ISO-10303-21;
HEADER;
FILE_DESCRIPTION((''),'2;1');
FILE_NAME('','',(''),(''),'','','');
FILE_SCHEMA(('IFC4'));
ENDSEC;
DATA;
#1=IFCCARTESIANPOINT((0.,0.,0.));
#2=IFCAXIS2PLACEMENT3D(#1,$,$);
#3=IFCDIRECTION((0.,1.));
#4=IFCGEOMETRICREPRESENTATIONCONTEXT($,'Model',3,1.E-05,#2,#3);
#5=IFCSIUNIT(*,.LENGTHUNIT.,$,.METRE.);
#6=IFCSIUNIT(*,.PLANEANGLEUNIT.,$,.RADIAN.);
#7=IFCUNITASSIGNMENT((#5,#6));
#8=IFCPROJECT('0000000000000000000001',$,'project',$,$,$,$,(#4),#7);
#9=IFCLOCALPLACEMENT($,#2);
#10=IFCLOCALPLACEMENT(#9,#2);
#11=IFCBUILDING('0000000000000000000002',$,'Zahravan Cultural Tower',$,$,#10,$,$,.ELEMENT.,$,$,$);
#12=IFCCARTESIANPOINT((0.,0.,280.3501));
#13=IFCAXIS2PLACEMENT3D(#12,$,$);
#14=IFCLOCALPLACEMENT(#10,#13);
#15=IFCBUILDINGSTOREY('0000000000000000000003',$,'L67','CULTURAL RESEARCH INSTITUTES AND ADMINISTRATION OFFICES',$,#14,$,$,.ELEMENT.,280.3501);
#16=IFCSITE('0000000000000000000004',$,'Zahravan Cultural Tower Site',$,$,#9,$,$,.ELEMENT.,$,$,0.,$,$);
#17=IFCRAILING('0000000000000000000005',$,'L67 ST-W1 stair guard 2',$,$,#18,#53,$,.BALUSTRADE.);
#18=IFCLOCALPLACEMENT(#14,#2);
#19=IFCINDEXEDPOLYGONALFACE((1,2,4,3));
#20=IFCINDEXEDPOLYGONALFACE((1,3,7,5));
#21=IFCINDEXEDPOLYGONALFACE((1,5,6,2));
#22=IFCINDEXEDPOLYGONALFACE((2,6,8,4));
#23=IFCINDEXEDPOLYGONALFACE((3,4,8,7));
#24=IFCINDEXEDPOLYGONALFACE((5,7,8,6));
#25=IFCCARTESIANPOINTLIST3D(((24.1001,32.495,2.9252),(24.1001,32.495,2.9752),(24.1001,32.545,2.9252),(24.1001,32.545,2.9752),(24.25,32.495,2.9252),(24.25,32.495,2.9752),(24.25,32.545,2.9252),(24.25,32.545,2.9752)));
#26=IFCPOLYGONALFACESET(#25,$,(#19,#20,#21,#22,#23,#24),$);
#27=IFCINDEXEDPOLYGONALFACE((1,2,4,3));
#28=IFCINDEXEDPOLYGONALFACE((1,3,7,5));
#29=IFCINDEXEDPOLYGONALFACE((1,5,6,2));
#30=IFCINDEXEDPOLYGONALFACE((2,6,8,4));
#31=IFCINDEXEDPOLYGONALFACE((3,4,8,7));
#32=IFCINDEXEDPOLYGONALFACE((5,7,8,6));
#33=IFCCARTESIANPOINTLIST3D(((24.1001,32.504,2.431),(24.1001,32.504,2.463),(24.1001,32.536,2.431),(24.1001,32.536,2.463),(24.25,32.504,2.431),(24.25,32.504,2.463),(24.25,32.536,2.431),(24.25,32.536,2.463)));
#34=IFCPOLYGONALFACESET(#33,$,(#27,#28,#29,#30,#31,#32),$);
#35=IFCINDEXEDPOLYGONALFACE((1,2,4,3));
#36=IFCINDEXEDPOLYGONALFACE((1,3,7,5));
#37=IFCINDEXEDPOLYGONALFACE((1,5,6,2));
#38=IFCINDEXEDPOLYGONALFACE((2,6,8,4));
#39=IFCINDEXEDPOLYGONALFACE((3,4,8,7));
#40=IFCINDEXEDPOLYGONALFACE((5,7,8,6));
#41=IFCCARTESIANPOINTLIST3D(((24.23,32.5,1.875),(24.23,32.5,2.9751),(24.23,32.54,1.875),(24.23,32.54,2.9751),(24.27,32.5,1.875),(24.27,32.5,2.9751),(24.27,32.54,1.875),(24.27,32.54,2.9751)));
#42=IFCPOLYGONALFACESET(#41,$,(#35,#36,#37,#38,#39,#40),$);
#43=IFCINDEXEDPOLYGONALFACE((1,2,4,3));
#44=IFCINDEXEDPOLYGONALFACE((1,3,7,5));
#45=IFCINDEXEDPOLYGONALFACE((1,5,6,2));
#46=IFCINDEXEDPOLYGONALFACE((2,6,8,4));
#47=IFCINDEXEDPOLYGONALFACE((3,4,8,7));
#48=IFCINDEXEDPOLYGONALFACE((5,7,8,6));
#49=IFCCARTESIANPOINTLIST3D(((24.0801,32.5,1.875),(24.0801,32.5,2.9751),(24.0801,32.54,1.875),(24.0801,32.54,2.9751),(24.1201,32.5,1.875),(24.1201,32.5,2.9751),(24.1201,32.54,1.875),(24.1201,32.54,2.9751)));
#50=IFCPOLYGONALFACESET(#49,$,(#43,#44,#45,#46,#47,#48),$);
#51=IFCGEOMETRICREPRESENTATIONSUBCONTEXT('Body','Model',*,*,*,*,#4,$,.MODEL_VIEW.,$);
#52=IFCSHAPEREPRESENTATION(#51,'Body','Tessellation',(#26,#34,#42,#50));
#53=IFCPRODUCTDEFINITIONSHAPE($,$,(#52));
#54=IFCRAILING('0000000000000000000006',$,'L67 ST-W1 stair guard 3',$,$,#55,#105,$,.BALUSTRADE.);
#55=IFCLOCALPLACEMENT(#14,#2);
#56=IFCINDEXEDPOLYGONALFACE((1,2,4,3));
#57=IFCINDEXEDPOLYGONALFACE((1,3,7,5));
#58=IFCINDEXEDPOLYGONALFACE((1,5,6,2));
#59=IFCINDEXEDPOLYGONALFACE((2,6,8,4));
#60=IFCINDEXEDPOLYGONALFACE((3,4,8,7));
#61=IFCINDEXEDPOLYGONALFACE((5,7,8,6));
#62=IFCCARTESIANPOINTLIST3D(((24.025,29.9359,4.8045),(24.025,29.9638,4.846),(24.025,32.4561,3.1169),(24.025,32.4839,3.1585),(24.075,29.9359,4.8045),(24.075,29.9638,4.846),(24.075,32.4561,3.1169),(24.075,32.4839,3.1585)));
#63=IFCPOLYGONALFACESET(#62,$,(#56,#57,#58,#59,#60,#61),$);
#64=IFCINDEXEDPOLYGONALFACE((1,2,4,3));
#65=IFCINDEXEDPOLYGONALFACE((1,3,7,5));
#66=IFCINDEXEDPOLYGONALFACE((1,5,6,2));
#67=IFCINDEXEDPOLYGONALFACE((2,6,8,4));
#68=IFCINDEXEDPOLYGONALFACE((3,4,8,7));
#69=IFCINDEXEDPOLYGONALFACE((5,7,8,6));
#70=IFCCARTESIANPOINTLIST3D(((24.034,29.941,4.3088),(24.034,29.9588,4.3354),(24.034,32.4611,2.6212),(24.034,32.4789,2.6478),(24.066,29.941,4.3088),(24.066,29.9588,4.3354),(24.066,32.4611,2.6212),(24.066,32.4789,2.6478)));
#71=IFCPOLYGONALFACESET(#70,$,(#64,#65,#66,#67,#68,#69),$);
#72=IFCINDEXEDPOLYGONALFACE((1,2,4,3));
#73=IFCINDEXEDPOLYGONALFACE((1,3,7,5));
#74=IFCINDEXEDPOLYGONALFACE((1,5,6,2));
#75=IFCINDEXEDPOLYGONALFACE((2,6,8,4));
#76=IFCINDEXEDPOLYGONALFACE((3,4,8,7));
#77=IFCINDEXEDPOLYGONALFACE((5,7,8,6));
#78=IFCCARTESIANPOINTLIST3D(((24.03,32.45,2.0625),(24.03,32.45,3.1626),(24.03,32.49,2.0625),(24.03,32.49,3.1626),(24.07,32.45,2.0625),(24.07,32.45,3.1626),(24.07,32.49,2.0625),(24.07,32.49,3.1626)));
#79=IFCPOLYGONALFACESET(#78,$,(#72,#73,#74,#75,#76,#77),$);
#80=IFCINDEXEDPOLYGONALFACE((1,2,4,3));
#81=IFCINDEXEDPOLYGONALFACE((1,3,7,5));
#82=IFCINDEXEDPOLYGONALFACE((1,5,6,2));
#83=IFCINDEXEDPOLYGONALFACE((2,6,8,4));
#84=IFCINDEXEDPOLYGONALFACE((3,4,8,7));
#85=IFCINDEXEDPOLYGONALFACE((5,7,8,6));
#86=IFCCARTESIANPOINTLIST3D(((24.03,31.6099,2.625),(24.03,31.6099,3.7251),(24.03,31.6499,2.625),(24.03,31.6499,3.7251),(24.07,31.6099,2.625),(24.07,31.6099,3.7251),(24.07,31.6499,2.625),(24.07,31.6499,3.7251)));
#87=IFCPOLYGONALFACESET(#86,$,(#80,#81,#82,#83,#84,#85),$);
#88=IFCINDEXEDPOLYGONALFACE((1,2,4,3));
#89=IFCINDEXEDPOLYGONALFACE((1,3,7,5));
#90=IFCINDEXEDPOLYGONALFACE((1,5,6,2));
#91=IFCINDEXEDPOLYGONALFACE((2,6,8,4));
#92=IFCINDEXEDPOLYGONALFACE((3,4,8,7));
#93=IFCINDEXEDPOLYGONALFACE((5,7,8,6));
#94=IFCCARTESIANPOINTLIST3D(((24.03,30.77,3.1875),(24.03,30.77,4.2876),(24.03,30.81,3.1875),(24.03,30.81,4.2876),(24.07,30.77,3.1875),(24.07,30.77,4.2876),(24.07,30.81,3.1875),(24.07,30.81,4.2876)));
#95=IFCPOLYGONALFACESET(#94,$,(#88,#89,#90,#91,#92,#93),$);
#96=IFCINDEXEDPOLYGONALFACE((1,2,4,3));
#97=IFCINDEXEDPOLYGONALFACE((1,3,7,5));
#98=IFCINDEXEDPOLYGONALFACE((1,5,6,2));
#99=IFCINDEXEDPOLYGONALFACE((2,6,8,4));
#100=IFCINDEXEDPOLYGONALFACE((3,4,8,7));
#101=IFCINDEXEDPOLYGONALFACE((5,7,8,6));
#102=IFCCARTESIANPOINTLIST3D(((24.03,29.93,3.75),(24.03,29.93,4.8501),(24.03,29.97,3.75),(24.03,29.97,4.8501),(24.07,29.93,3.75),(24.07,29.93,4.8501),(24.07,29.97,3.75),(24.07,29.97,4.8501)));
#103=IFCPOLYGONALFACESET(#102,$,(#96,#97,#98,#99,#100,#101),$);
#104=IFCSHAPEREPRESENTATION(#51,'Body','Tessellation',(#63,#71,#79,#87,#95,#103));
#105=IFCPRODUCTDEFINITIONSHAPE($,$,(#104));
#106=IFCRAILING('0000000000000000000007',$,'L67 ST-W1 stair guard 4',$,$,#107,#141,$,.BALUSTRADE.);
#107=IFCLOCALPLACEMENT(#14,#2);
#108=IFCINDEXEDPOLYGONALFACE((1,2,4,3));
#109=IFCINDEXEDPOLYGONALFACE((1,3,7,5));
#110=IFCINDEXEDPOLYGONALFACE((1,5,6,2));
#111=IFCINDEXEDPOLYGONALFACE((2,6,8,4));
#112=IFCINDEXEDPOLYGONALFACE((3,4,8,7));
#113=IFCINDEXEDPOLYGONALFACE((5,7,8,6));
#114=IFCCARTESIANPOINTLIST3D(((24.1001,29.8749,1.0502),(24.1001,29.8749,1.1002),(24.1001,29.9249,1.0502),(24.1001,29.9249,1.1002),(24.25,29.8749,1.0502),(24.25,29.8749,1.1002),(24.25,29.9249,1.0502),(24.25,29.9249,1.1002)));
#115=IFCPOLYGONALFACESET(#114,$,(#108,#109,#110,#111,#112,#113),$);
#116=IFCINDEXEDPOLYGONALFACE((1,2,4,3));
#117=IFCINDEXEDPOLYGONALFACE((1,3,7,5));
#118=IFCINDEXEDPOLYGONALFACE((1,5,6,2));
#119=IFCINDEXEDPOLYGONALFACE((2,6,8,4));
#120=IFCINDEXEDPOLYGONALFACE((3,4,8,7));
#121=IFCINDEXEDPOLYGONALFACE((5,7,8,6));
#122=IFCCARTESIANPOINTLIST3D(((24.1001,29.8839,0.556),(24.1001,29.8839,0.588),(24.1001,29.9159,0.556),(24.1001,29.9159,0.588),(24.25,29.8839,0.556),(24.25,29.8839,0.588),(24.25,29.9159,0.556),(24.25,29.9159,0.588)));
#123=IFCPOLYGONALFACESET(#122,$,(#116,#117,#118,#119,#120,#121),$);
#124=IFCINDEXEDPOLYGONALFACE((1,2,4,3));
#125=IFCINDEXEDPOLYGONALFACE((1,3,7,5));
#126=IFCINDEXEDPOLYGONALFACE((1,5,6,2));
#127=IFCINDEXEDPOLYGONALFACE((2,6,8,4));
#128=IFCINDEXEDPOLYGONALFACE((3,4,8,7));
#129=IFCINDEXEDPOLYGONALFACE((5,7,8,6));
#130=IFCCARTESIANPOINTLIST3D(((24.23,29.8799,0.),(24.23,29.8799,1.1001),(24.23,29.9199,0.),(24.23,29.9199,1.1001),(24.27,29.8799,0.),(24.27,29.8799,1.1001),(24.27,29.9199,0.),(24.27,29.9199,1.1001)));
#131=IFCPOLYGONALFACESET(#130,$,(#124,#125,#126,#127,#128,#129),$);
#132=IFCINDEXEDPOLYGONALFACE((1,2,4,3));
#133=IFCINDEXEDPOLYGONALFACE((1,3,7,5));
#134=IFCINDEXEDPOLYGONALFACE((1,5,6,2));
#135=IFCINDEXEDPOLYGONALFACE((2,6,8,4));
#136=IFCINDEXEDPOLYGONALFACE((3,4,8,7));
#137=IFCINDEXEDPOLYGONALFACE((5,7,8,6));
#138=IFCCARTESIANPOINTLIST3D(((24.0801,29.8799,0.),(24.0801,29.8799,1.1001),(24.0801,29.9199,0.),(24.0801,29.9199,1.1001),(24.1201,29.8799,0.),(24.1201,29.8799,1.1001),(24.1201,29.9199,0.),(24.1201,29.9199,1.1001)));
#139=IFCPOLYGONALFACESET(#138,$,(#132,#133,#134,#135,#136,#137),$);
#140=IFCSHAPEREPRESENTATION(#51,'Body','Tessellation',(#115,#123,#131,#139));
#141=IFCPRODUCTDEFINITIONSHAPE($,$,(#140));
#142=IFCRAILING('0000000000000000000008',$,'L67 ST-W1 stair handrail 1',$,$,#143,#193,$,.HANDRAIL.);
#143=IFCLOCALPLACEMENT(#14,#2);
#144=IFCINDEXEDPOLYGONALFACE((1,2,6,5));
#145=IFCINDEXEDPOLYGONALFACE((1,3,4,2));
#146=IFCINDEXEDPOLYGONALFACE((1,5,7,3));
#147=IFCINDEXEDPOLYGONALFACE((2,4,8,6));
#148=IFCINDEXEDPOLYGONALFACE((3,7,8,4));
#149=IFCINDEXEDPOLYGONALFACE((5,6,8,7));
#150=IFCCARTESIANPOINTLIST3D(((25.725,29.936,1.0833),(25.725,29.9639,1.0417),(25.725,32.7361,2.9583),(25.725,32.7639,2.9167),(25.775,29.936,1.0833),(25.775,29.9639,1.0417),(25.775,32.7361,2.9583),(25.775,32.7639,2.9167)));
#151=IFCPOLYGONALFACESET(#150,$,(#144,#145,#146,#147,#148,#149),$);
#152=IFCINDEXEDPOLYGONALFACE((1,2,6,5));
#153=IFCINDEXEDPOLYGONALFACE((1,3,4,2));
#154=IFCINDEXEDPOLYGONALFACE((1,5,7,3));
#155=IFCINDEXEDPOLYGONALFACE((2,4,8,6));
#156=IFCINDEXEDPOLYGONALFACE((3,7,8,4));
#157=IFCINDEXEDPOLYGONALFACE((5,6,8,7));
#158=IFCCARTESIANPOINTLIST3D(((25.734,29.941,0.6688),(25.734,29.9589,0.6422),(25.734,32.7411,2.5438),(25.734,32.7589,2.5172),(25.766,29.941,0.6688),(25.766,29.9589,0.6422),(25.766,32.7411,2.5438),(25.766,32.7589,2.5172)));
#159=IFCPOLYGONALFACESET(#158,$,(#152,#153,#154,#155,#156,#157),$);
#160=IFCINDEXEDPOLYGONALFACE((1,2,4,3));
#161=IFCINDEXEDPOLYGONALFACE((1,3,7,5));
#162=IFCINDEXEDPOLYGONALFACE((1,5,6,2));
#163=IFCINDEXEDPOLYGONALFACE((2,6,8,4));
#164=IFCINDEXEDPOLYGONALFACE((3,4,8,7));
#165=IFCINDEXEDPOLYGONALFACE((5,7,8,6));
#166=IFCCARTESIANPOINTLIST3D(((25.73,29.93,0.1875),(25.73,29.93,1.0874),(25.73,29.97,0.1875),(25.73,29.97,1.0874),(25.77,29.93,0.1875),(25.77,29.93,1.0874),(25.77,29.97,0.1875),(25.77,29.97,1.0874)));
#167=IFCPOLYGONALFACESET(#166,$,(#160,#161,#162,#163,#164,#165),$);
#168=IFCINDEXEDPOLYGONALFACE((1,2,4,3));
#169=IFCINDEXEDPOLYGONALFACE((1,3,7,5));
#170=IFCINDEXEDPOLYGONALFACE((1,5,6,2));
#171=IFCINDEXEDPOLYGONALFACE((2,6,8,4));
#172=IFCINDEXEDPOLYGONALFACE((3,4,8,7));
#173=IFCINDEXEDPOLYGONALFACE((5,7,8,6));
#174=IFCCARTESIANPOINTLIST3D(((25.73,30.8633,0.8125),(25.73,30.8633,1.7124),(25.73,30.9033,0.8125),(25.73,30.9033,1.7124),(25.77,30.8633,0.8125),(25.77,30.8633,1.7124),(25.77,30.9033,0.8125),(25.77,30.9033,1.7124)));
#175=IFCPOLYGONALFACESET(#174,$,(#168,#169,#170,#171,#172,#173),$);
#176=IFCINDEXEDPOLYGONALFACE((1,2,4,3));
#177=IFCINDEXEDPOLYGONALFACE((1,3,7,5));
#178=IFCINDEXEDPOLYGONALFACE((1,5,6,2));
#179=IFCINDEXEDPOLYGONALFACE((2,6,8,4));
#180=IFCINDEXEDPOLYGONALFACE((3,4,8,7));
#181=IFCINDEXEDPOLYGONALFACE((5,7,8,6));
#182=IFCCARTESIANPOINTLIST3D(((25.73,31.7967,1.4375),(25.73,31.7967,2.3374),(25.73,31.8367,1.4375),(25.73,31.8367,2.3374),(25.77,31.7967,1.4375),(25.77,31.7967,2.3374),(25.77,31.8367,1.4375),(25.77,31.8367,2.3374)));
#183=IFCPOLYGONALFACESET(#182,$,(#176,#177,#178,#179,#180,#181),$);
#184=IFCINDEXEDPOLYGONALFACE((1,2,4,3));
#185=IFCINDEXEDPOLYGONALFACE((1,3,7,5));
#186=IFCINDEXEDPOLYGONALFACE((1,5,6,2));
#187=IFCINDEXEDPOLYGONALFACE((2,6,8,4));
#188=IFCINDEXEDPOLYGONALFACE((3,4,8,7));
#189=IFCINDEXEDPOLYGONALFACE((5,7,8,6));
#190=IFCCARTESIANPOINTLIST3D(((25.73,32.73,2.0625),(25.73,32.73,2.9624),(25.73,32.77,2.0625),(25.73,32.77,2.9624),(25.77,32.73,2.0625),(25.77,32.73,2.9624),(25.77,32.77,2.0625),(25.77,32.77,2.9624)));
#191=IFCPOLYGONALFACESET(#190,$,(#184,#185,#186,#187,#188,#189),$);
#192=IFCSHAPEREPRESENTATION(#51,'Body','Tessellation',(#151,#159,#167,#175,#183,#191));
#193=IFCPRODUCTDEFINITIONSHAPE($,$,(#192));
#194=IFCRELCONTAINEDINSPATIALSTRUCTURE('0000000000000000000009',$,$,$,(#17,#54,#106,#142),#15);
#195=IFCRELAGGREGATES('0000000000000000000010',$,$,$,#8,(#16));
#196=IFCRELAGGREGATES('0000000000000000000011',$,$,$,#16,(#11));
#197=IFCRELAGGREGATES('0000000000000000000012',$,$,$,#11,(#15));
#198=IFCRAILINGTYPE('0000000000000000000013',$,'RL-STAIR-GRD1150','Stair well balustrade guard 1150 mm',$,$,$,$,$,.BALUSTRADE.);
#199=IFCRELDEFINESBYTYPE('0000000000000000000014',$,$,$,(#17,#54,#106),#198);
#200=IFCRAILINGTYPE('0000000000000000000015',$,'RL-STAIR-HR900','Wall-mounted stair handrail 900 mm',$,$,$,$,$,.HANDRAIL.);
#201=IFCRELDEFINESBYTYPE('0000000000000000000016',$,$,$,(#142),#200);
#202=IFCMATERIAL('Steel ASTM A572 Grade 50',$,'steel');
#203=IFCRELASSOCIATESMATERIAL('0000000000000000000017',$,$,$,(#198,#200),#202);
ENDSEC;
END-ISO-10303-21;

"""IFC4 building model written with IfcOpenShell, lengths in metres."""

from ifc_helpers import new_model, si_unit, direction, frame, origin, origin_2d, place, context, subcontext, project, spatial, rectangle, extrude, material, type_object, element, save


model = new_model("IFC4")

# Units and contexts
model_context = context("Model", 3, precision=1e-05, world=origin(), true_north=direction((0.0, 1.0)))
body_context = subcontext(model_context, "Body", "Model", "MODEL_VIEW")
ifc_project = project(units=[si_unit("LENGTHUNIT", "METRE"), si_unit("PLANEANGLEUNIT", "RADIAN")], contexts=[model_context])

# Site, building, storey
site_placement = place(None, origin())
site = spatial("IfcSite", under=ifc_project, at=site_placement, Name="Zahravan Cultural Tower Site", CompositionType="ELEMENT", RefElevation=0.0)
building_placement = place(site_placement, origin())
building = spatial("IfcBuilding", under=site, at=building_placement, Name="Zahravan Cultural Tower", CompositionType="ELEMENT")
storey_placement = place(building_placement, frame((0.0, 0.0, 280.3501)))
storey = spatial("IfcBuildingStorey", under=building, at=storey_placement, Name="L67", Description="CULTURAL RESEARCH INSTITUTES AND ADMINISTRATION OFFICES", CompositionType="ELEMENT", Elevation=280.3501)

# Shared definitions
ifc_material_1 = material(Name="Steel ASTM A572 Grade 50", Category="steel")

# Railings
railing_type_1 = type_object("IfcRailingType", Name="RL-STAIR-GRD1150", Description="Stair well balustrade guard 1150 mm", PredefinedType="BALUSTRADE", material=ifc_material_1)
railing_1_placement = place(storey_placement, frame((24.25, 32.52, 1.875)))
element("IfcRailing", 1, at=railing_1_placement, inside=storey, type_object=railing_type_1, Name="L67 ST-W1 stair guard 2", PredefinedType="BALUSTRADE", context=body_context, shape_type="SweptSolid", body=[
    extrude(rectangle(XDim=0.05, YDim=0.05, at=origin_2d()), frame((0.0, 0.0, 1.0752), z_axis=(-1.0, 0.0, 0.0), x_axis=(0.0, -1.0, 0.0)), (0.0, 0.0, 1.0), 0.1499),
    extrude(rectangle(XDim=0.032, YDim=0.032, at=origin_2d()), frame((0.0, 0.0, 0.572), z_axis=(-1.0, 0.0, 0.0), x_axis=(0.0, -1.0, 0.0)), (0.0, 0.0, 1.0), 0.1499),
    extrude(rectangle(XDim=0.04, YDim=0.04, at=origin_2d()), origin(), (0.0, 0.0, 1.0), 1.1001),
    extrude(rectangle(XDim=0.04, YDim=0.04, at=origin_2d()), frame((-0.1499, 0.0, 0.0)), (0.0, 0.0, 1.0), 1.1001),
])
railing_2_placement = place(storey_placement, frame((24.05, 32.47, 2.0625)))
element("IfcRailing", 2, at=railing_2_placement, inside=storey, type_object=railing_type_1, Name="L67 ST-W1 stair guard 3", PredefinedType="BALUSTRADE", context=body_context, shape_type="SweptSolid", body=[
    extrude(rectangle(XDim=0.05, YDim=0.05, at=origin_2d()), frame((0.0, 0.0, 1.0752), z_axis=(0.0, -0.830909, 0.556408), x_axis=(1.0, 0.0, 0.0)), (0.0, 0.0, 1.0), 3.033),
    extrude(rectangle(XDim=0.032, YDim=0.032, at=origin_2d()), frame((0.0, 0.0, 0.572), z_axis=(0.0, -0.830909, 0.556408), x_axis=(1.0, 0.0, 0.0)), (0.0, 0.0, 1.0), 3.033),
    extrude(rectangle(XDim=0.04, YDim=0.04, at=origin_2d()), origin(), (0.0, 0.0, 1.0), 1.1001),
    extrude(rectangle(XDim=0.04, YDim=0.04, at=origin_2d()), frame((0.0, -0.8401, 0.5625)), (0.0, 0.0, 1.0), 1.1001),
    extrude(rectangle(XDim=0.04, YDim=0.04, at=origin_2d()), frame((0.0, -1.6799, 1.125)), (0.0, 0.0, 1.0), 1.1001),
    extrude(rectangle(XDim=0.04, YDim=0.04, at=origin_2d()), frame((0.0, -2.52, 1.6875)), (0.0, 0.0, 1.0), 1.1001),
])
railing_3_placement = place(storey_placement, frame((24.25, 29.8999, 0.0)))
element("IfcRailing", 3, at=railing_3_placement, inside=storey, type_object=railing_type_1, Name="L67 ST-W1 stair guard 4", PredefinedType="BALUSTRADE", context=body_context, shape_type="SweptSolid", body=[
    extrude(rectangle(XDim=0.05, YDim=0.05, at=origin_2d()), frame((0.0, 0.0, 1.0752), z_axis=(-1.0, 0.0, 0.0), x_axis=(0.0, -1.0, 0.0)), (0.0, 0.0, 1.0), 0.1499),
    extrude(rectangle(XDim=0.032, YDim=0.032, at=origin_2d()), frame((0.0, 0.0, 0.572), z_axis=(-1.0, 0.0, 0.0), x_axis=(0.0, -1.0, 0.0)), (0.0, 0.0, 1.0), 0.1499),
    extrude(rectangle(XDim=0.04, YDim=0.04, at=origin_2d()), origin(), (0.0, 0.0, 1.0), 1.1001),
    extrude(rectangle(XDim=0.04, YDim=0.04, at=origin_2d()), frame((-0.1499, 0.0, 0.0)), (0.0, 0.0, 1.0), 1.1001),
])
railing_type_2 = type_object("IfcRailingType", Name="RL-STAIR-HR900", Description="Wall-mounted stair handrail 900 mm", PredefinedType="HANDRAIL", material=ifc_material_1)
railing_4_placement = place(storey_placement, frame((25.75, 29.95, 0.1875)))
element("IfcRailing", 4, at=railing_4_placement, inside=storey, type_object=railing_type_2, Name="L67 ST-W1 stair handrail 1", PredefinedType="HANDRAIL", context=body_context, shape_type="SweptSolid", body=[
    extrude(rectangle(XDim=0.05, YDim=0.05, at=origin_2d()), frame((0.0, 0.0, 0.875), z_axis=(0.0, 0.830912, 0.556404), x_axis=(-1.0, 0.0, 0.0)), (0.0, 0.0, 1.0), 3.3699),
    extrude(rectangle(XDim=0.032, YDim=0.032, at=origin_2d()), frame((0.0, 0.0, 0.468), z_axis=(0.0, 0.830912, 0.556404), x_axis=(-1.0, 0.0, 0.0)), (0.0, 0.0, 1.0), 3.3699),
    extrude(rectangle(XDim=0.04, YDim=0.04, at=origin_2d()), origin(), (0.0, 0.0, 1.0), 0.8999),
    extrude(rectangle(XDim=0.04, YDim=0.04, at=origin_2d()), frame((0.0, 0.9333, 0.625)), (0.0, 0.0, 1.0), 0.8999),
    extrude(rectangle(XDim=0.04, YDim=0.04, at=origin_2d()), frame((0.0, 1.8667, 1.25)), (0.0, 0.0, 1.0), 0.8999),
    extrude(rectangle(XDim=0.04, YDim=0.04, at=origin_2d()), frame((0.0, 2.8, 1.875)), (0.0, 0.0, 1.0), 0.8999),
])

save(model, "model.ifc")
